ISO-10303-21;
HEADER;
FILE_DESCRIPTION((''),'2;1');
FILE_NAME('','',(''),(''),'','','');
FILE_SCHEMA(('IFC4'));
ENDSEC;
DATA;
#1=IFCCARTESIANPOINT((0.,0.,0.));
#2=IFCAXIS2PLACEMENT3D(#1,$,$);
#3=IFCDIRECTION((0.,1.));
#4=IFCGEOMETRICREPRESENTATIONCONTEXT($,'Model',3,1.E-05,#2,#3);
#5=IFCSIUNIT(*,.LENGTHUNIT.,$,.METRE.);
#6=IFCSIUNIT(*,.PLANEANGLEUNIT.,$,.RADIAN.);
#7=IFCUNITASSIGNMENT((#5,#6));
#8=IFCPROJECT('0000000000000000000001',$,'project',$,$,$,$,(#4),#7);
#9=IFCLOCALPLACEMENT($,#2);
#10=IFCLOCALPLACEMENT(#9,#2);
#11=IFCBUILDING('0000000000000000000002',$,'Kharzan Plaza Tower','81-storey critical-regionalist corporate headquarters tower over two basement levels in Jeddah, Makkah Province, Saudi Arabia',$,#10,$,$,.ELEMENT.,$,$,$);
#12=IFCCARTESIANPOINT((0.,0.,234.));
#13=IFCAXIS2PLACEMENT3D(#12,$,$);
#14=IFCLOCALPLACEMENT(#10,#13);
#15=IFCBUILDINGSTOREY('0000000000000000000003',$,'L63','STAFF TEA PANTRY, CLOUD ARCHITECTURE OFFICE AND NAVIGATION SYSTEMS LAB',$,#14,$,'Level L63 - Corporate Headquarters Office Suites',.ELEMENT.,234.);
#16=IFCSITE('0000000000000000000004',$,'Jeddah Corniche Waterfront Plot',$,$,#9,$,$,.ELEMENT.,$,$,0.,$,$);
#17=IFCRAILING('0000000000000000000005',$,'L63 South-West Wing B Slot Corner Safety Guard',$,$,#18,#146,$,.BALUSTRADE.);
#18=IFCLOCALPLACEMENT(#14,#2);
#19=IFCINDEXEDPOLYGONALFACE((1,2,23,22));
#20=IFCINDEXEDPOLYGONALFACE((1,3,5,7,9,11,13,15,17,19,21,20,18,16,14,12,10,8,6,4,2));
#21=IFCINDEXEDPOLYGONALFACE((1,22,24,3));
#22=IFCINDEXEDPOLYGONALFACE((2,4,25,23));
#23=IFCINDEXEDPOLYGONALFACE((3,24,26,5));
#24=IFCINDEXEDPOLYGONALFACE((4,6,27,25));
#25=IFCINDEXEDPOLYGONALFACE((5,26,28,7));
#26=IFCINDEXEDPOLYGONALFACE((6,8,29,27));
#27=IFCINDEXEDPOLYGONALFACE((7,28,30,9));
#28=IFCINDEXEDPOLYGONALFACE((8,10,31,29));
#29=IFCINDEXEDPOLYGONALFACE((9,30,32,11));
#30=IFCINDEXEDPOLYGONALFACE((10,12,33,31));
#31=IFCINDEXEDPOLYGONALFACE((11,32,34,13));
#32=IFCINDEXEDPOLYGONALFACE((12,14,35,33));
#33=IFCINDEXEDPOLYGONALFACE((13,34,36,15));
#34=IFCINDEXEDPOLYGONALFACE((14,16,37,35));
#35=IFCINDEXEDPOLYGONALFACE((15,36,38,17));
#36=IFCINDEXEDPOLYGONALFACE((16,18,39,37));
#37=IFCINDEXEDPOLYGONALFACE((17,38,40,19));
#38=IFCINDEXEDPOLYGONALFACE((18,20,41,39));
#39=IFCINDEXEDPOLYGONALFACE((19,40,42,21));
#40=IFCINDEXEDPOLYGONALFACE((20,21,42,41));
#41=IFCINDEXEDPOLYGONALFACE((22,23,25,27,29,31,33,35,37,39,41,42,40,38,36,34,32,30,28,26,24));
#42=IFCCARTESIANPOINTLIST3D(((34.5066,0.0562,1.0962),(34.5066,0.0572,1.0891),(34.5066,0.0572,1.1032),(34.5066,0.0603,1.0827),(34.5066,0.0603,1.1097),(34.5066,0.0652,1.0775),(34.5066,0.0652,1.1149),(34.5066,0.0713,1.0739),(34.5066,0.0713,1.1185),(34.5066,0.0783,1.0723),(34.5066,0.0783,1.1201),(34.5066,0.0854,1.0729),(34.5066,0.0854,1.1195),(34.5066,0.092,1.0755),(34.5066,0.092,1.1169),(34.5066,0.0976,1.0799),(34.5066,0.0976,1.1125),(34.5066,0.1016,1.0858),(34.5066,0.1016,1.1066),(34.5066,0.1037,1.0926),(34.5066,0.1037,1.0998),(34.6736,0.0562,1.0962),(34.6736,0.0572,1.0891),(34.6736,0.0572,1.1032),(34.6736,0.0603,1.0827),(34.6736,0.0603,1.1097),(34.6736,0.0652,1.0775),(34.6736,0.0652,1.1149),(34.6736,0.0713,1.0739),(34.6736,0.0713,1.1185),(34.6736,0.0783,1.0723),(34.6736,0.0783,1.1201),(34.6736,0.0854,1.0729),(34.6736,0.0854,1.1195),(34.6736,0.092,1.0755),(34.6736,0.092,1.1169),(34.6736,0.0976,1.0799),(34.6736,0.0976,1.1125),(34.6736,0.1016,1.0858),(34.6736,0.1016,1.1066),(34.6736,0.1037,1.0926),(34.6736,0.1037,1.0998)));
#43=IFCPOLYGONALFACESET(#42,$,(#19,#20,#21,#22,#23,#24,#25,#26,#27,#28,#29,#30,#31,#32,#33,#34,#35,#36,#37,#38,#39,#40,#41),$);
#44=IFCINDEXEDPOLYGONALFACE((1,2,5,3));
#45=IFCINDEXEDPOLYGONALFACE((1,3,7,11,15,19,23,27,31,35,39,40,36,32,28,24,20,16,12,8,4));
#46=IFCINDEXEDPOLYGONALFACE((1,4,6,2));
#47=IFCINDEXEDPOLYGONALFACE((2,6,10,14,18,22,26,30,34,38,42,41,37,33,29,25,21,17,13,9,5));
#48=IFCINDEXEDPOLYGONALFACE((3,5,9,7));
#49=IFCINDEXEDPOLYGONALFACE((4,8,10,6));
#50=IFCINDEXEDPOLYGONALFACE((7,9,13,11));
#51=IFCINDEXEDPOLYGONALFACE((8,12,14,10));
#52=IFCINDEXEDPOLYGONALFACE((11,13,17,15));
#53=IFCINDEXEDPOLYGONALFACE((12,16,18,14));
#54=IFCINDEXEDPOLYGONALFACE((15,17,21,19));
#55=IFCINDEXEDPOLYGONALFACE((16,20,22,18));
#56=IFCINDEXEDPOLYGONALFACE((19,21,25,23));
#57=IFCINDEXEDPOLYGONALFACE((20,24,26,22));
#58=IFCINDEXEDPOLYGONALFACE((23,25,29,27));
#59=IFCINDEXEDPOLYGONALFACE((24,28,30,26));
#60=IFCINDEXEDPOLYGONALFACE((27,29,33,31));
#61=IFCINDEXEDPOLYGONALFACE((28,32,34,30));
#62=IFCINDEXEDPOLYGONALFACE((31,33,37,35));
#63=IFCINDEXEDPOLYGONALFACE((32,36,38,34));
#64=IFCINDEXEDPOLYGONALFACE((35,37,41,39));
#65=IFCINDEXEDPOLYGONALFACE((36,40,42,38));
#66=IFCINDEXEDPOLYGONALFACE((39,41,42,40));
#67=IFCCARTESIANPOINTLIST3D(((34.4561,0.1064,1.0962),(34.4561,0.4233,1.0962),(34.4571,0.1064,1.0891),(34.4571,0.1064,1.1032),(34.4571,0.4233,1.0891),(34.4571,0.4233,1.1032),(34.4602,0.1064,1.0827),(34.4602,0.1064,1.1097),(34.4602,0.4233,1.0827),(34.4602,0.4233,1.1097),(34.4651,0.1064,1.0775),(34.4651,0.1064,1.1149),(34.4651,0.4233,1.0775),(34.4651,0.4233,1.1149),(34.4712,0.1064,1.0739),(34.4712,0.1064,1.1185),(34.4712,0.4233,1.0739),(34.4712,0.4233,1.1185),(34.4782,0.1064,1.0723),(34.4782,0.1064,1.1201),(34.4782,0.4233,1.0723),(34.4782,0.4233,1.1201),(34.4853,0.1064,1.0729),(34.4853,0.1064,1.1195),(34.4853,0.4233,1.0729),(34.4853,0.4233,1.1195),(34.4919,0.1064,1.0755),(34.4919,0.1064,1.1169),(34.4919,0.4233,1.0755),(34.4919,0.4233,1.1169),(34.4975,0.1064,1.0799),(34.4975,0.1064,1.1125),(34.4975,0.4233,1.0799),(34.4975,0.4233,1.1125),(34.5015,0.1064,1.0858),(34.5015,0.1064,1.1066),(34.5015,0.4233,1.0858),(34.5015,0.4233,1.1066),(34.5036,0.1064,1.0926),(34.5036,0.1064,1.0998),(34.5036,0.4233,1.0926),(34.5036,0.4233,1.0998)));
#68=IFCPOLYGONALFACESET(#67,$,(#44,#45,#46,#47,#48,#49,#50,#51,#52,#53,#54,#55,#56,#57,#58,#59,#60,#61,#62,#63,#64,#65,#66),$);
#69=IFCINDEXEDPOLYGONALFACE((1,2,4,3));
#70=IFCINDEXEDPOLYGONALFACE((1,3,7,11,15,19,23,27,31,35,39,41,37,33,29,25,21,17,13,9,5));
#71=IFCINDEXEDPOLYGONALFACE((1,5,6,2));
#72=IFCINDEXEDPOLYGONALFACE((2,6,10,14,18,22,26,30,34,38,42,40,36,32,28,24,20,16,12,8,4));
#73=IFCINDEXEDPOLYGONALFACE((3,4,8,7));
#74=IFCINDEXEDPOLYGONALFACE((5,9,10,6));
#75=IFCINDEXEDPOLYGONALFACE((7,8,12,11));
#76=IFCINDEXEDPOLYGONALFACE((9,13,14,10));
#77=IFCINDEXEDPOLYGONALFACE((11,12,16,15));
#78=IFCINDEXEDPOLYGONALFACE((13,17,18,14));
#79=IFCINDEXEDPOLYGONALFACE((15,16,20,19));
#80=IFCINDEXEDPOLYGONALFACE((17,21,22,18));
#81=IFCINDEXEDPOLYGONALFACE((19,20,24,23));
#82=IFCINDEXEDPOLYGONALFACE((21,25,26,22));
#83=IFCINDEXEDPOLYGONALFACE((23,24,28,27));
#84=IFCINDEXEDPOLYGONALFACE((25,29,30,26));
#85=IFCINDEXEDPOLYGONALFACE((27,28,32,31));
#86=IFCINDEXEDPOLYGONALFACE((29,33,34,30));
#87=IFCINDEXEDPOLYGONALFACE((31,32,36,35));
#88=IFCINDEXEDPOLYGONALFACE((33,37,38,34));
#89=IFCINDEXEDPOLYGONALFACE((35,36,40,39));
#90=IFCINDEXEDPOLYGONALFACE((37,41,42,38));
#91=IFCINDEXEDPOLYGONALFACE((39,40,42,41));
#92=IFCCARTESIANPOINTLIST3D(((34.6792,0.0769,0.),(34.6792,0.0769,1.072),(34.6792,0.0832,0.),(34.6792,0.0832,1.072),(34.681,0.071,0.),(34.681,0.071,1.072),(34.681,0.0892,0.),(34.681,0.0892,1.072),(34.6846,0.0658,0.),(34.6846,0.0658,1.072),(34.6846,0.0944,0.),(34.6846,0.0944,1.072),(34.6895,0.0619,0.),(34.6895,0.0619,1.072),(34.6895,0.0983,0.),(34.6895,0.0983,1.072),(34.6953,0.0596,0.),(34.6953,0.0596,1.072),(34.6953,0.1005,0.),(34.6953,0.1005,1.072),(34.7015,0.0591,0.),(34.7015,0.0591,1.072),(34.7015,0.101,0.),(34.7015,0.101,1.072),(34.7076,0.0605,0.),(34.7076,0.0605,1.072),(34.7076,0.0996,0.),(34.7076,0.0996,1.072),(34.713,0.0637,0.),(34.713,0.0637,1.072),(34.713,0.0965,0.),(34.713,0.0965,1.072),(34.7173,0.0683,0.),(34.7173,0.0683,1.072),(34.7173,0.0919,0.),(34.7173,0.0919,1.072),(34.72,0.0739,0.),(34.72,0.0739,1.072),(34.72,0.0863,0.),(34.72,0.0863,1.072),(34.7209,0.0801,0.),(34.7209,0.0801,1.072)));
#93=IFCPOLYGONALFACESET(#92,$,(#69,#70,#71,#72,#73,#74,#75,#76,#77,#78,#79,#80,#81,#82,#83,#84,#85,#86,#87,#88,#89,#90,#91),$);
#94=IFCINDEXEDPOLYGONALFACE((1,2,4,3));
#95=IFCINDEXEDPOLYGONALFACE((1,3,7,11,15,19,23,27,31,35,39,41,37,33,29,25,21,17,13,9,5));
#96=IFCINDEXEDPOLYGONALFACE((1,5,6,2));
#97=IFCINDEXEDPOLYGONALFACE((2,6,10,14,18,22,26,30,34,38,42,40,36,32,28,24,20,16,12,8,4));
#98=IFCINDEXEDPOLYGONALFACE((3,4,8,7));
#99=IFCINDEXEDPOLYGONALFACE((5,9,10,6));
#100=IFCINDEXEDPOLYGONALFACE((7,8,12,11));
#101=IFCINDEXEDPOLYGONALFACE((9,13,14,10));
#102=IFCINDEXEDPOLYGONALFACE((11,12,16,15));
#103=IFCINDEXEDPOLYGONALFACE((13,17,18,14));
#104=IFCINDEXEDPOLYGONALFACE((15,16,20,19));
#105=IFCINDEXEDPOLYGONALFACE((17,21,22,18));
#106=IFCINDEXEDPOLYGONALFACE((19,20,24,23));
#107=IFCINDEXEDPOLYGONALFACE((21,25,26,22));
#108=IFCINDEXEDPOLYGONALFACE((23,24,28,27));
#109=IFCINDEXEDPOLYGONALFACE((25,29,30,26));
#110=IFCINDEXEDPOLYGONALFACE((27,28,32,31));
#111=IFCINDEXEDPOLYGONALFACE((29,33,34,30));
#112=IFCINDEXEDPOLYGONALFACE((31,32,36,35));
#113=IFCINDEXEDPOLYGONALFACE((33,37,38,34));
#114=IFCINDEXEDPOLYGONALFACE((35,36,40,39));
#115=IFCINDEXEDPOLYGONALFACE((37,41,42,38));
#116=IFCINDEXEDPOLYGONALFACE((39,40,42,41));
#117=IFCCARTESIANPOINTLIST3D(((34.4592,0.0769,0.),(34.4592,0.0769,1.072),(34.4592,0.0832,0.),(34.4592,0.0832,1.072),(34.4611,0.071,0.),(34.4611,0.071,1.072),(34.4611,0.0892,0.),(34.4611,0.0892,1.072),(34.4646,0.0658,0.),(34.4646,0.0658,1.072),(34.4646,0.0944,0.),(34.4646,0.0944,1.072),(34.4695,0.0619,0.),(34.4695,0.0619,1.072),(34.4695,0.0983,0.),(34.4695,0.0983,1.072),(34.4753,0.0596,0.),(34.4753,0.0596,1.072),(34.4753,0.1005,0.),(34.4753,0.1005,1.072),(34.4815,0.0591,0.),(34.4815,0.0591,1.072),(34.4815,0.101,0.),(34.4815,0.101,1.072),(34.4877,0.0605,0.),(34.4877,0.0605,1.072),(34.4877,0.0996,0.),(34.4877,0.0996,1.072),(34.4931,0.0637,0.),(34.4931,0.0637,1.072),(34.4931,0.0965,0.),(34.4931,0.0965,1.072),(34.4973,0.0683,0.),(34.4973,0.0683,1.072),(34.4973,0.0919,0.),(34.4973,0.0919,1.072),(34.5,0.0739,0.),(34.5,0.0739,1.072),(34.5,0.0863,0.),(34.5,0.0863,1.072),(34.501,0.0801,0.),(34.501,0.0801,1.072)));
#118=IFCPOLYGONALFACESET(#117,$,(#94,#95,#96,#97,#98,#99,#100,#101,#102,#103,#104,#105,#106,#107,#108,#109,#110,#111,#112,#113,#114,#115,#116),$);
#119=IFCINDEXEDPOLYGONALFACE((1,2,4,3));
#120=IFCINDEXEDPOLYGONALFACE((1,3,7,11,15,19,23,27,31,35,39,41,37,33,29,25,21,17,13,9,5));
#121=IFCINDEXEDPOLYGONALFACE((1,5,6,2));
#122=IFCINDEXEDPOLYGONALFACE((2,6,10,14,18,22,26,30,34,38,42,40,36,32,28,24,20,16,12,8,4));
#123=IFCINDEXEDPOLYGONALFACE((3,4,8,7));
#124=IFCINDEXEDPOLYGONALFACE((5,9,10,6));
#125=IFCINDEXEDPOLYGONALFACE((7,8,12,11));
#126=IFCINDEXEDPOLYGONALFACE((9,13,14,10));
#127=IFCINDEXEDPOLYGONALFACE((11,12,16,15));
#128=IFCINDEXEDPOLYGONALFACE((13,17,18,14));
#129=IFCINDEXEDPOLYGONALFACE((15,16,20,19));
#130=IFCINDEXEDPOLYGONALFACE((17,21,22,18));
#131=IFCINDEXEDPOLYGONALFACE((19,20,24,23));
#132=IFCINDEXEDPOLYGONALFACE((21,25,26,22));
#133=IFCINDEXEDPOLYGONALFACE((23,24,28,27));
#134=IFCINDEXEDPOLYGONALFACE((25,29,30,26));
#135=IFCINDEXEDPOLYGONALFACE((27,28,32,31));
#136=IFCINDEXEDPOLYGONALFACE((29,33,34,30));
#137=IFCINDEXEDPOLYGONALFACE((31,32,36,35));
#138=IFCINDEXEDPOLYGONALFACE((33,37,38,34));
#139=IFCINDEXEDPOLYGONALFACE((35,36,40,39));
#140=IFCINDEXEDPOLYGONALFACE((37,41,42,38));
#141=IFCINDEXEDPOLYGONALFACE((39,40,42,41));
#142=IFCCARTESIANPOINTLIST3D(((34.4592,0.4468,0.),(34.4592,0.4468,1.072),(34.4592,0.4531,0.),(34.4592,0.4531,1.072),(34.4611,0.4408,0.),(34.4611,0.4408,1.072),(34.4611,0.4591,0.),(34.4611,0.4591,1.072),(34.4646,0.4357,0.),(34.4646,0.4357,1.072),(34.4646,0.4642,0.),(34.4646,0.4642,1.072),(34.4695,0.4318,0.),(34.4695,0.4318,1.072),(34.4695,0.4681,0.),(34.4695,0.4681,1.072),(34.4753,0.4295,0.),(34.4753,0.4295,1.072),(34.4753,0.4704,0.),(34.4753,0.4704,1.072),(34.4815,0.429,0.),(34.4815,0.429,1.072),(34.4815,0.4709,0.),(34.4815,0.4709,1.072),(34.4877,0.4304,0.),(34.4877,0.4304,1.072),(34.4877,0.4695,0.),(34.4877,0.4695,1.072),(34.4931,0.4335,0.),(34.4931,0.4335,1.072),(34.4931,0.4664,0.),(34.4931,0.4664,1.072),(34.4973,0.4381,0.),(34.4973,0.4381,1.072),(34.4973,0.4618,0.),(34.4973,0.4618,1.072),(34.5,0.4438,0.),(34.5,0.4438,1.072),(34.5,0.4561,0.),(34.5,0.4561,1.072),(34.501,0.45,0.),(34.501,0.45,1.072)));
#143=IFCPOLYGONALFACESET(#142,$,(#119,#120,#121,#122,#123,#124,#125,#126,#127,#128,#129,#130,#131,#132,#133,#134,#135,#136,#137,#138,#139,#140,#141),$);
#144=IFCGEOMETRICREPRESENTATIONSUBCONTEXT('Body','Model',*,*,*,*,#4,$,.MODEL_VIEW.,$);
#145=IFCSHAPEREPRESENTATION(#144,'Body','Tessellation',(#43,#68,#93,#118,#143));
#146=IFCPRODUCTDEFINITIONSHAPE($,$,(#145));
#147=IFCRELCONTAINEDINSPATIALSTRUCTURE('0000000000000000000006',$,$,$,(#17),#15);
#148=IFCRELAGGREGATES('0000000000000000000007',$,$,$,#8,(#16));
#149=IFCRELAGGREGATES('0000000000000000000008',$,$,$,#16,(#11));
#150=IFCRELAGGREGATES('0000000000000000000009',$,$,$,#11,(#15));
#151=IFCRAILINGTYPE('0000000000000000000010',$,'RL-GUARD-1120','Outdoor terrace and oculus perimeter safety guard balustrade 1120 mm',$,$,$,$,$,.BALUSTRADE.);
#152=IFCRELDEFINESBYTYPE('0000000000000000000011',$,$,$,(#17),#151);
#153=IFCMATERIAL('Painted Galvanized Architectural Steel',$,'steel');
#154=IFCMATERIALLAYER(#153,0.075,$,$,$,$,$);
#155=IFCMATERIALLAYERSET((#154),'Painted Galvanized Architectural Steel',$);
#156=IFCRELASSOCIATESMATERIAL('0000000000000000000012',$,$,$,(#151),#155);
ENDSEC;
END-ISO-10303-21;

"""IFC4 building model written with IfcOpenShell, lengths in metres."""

from ifc_helpers import new_model, si_unit, direction, frame, origin, origin_2d, place, context, subcontext, project, spatial, circle, extrude, source, transform, mapped, material, layer, layer_set, type_object, element, save


model = new_model("IFC4")

# Units and contexts
model_context = context("Model", 3, precision=1e-05, world=origin(), true_north=direction((0.0, 1.0)))
body_context = subcontext(model_context, "Body", "Model", "MODEL_VIEW")
ifc_project = project(units=[si_unit("LENGTHUNIT", "METRE"), si_unit("PLANEANGLEUNIT", "RADIAN")], contexts=[model_context])

# Site, building, storey
site_placement = place(None, origin())
site = spatial("IfcSite", under=ifc_project, at=site_placement, Name="Jeddah Corniche Waterfront Plot", CompositionType="ELEMENT", RefElevation=0.0)
building_placement = place(site_placement, origin())
building = spatial("IfcBuilding", under=site, at=building_placement, Name="Kharzan Plaza Tower", Description="81-storey critical-regionalist corporate headquarters tower over two basement levels in Jeddah, Makkah Province, Saudi Arabia", CompositionType="ELEMENT")
storey_placement = place(building_placement, frame((0.0, 0.0, 234.0)))
storey = spatial("IfcBuildingStorey", under=building, at=storey_placement, Name="L63", Description="STAFF TEA PANTRY, CLOUD ARCHITECTURE OFFICE AND NAVIGATION SYSTEMS LAB", LongName="Level L63 - Corporate Headquarters Office Suites", CompositionType="ELEMENT", Elevation=234.0)

# Railing
ifc_material_1 = material(Name="Painted Galvanized Architectural Steel", Category="steel")
ifc_layer_1 = layer(ifc_material_1, 0.075)
ifc_layer_set_1 = layer_set([ifc_layer_1], Name="Painted Galvanized Architectural Steel")
railing_type_1 = type_object("IfcRailingType", Name="RL-GUARD-1120", Description="Outdoor terrace and oculus perimeter safety guard balustrade 1120 mm", PredefinedType="BALUSTRADE", material=ifc_layer_set_1)
shared_shape_1 = source(origin(), body_context, "Body", "SweptSolid", [
    extrude(circle(Radius=0.0239, at=origin_2d()), frame((-0.0264, 0.0, 1.0962), z_axis=(-1.0, 0.0, 0.0), x_axis=(0.0, -1.0, 0.0)), (0.0, 0.0, 1.0), 0.167),
    extrude(circle(Radius=0.0239, at=origin_2d()), frame((-0.22, 0.0264, 1.0962), z_axis=(0.0, 1.0, 0.0), x_axis=(-1.0, 0.0, 0.0)), (0.0, 0.0, 1.0), 0.3169),
    extrude(circle(Radius=0.021, at=origin_2d()), origin(), (0.0, 0.0, 1.0), 1.072),
    extrude(circle(Radius=0.021, at=origin_2d()), frame((-0.22, 0.0, 0.0)), (0.0, 0.0, 1.0), 1.072),
    extrude(circle(Radius=0.021, at=origin_2d()), frame((-0.22, 0.3699, 0.0)), (0.0, 0.0, 1.0), 1.072),
])
railing_1_placement = place(storey_placement, frame((34.7, 0.0801, 0.0)))
element("IfcRailing", 1, at=railing_1_placement, inside=storey, type_object=railing_type_1, Name="L63 South-West Wing B Slot Corner Safety Guard", PredefinedType="BALUSTRADE", context=body_context, shape_type="MappedRepresentation", body=[
    mapped(shared_shape_1, transform((0.0, 0.0, 0.0), x_axis=(1.0, 0.0, 0.0), y_axis=(0.0, 1.0, 0.0), z_axis=(0.0, 0.0, 1.0))),
])

save(model, "model.ifc")
